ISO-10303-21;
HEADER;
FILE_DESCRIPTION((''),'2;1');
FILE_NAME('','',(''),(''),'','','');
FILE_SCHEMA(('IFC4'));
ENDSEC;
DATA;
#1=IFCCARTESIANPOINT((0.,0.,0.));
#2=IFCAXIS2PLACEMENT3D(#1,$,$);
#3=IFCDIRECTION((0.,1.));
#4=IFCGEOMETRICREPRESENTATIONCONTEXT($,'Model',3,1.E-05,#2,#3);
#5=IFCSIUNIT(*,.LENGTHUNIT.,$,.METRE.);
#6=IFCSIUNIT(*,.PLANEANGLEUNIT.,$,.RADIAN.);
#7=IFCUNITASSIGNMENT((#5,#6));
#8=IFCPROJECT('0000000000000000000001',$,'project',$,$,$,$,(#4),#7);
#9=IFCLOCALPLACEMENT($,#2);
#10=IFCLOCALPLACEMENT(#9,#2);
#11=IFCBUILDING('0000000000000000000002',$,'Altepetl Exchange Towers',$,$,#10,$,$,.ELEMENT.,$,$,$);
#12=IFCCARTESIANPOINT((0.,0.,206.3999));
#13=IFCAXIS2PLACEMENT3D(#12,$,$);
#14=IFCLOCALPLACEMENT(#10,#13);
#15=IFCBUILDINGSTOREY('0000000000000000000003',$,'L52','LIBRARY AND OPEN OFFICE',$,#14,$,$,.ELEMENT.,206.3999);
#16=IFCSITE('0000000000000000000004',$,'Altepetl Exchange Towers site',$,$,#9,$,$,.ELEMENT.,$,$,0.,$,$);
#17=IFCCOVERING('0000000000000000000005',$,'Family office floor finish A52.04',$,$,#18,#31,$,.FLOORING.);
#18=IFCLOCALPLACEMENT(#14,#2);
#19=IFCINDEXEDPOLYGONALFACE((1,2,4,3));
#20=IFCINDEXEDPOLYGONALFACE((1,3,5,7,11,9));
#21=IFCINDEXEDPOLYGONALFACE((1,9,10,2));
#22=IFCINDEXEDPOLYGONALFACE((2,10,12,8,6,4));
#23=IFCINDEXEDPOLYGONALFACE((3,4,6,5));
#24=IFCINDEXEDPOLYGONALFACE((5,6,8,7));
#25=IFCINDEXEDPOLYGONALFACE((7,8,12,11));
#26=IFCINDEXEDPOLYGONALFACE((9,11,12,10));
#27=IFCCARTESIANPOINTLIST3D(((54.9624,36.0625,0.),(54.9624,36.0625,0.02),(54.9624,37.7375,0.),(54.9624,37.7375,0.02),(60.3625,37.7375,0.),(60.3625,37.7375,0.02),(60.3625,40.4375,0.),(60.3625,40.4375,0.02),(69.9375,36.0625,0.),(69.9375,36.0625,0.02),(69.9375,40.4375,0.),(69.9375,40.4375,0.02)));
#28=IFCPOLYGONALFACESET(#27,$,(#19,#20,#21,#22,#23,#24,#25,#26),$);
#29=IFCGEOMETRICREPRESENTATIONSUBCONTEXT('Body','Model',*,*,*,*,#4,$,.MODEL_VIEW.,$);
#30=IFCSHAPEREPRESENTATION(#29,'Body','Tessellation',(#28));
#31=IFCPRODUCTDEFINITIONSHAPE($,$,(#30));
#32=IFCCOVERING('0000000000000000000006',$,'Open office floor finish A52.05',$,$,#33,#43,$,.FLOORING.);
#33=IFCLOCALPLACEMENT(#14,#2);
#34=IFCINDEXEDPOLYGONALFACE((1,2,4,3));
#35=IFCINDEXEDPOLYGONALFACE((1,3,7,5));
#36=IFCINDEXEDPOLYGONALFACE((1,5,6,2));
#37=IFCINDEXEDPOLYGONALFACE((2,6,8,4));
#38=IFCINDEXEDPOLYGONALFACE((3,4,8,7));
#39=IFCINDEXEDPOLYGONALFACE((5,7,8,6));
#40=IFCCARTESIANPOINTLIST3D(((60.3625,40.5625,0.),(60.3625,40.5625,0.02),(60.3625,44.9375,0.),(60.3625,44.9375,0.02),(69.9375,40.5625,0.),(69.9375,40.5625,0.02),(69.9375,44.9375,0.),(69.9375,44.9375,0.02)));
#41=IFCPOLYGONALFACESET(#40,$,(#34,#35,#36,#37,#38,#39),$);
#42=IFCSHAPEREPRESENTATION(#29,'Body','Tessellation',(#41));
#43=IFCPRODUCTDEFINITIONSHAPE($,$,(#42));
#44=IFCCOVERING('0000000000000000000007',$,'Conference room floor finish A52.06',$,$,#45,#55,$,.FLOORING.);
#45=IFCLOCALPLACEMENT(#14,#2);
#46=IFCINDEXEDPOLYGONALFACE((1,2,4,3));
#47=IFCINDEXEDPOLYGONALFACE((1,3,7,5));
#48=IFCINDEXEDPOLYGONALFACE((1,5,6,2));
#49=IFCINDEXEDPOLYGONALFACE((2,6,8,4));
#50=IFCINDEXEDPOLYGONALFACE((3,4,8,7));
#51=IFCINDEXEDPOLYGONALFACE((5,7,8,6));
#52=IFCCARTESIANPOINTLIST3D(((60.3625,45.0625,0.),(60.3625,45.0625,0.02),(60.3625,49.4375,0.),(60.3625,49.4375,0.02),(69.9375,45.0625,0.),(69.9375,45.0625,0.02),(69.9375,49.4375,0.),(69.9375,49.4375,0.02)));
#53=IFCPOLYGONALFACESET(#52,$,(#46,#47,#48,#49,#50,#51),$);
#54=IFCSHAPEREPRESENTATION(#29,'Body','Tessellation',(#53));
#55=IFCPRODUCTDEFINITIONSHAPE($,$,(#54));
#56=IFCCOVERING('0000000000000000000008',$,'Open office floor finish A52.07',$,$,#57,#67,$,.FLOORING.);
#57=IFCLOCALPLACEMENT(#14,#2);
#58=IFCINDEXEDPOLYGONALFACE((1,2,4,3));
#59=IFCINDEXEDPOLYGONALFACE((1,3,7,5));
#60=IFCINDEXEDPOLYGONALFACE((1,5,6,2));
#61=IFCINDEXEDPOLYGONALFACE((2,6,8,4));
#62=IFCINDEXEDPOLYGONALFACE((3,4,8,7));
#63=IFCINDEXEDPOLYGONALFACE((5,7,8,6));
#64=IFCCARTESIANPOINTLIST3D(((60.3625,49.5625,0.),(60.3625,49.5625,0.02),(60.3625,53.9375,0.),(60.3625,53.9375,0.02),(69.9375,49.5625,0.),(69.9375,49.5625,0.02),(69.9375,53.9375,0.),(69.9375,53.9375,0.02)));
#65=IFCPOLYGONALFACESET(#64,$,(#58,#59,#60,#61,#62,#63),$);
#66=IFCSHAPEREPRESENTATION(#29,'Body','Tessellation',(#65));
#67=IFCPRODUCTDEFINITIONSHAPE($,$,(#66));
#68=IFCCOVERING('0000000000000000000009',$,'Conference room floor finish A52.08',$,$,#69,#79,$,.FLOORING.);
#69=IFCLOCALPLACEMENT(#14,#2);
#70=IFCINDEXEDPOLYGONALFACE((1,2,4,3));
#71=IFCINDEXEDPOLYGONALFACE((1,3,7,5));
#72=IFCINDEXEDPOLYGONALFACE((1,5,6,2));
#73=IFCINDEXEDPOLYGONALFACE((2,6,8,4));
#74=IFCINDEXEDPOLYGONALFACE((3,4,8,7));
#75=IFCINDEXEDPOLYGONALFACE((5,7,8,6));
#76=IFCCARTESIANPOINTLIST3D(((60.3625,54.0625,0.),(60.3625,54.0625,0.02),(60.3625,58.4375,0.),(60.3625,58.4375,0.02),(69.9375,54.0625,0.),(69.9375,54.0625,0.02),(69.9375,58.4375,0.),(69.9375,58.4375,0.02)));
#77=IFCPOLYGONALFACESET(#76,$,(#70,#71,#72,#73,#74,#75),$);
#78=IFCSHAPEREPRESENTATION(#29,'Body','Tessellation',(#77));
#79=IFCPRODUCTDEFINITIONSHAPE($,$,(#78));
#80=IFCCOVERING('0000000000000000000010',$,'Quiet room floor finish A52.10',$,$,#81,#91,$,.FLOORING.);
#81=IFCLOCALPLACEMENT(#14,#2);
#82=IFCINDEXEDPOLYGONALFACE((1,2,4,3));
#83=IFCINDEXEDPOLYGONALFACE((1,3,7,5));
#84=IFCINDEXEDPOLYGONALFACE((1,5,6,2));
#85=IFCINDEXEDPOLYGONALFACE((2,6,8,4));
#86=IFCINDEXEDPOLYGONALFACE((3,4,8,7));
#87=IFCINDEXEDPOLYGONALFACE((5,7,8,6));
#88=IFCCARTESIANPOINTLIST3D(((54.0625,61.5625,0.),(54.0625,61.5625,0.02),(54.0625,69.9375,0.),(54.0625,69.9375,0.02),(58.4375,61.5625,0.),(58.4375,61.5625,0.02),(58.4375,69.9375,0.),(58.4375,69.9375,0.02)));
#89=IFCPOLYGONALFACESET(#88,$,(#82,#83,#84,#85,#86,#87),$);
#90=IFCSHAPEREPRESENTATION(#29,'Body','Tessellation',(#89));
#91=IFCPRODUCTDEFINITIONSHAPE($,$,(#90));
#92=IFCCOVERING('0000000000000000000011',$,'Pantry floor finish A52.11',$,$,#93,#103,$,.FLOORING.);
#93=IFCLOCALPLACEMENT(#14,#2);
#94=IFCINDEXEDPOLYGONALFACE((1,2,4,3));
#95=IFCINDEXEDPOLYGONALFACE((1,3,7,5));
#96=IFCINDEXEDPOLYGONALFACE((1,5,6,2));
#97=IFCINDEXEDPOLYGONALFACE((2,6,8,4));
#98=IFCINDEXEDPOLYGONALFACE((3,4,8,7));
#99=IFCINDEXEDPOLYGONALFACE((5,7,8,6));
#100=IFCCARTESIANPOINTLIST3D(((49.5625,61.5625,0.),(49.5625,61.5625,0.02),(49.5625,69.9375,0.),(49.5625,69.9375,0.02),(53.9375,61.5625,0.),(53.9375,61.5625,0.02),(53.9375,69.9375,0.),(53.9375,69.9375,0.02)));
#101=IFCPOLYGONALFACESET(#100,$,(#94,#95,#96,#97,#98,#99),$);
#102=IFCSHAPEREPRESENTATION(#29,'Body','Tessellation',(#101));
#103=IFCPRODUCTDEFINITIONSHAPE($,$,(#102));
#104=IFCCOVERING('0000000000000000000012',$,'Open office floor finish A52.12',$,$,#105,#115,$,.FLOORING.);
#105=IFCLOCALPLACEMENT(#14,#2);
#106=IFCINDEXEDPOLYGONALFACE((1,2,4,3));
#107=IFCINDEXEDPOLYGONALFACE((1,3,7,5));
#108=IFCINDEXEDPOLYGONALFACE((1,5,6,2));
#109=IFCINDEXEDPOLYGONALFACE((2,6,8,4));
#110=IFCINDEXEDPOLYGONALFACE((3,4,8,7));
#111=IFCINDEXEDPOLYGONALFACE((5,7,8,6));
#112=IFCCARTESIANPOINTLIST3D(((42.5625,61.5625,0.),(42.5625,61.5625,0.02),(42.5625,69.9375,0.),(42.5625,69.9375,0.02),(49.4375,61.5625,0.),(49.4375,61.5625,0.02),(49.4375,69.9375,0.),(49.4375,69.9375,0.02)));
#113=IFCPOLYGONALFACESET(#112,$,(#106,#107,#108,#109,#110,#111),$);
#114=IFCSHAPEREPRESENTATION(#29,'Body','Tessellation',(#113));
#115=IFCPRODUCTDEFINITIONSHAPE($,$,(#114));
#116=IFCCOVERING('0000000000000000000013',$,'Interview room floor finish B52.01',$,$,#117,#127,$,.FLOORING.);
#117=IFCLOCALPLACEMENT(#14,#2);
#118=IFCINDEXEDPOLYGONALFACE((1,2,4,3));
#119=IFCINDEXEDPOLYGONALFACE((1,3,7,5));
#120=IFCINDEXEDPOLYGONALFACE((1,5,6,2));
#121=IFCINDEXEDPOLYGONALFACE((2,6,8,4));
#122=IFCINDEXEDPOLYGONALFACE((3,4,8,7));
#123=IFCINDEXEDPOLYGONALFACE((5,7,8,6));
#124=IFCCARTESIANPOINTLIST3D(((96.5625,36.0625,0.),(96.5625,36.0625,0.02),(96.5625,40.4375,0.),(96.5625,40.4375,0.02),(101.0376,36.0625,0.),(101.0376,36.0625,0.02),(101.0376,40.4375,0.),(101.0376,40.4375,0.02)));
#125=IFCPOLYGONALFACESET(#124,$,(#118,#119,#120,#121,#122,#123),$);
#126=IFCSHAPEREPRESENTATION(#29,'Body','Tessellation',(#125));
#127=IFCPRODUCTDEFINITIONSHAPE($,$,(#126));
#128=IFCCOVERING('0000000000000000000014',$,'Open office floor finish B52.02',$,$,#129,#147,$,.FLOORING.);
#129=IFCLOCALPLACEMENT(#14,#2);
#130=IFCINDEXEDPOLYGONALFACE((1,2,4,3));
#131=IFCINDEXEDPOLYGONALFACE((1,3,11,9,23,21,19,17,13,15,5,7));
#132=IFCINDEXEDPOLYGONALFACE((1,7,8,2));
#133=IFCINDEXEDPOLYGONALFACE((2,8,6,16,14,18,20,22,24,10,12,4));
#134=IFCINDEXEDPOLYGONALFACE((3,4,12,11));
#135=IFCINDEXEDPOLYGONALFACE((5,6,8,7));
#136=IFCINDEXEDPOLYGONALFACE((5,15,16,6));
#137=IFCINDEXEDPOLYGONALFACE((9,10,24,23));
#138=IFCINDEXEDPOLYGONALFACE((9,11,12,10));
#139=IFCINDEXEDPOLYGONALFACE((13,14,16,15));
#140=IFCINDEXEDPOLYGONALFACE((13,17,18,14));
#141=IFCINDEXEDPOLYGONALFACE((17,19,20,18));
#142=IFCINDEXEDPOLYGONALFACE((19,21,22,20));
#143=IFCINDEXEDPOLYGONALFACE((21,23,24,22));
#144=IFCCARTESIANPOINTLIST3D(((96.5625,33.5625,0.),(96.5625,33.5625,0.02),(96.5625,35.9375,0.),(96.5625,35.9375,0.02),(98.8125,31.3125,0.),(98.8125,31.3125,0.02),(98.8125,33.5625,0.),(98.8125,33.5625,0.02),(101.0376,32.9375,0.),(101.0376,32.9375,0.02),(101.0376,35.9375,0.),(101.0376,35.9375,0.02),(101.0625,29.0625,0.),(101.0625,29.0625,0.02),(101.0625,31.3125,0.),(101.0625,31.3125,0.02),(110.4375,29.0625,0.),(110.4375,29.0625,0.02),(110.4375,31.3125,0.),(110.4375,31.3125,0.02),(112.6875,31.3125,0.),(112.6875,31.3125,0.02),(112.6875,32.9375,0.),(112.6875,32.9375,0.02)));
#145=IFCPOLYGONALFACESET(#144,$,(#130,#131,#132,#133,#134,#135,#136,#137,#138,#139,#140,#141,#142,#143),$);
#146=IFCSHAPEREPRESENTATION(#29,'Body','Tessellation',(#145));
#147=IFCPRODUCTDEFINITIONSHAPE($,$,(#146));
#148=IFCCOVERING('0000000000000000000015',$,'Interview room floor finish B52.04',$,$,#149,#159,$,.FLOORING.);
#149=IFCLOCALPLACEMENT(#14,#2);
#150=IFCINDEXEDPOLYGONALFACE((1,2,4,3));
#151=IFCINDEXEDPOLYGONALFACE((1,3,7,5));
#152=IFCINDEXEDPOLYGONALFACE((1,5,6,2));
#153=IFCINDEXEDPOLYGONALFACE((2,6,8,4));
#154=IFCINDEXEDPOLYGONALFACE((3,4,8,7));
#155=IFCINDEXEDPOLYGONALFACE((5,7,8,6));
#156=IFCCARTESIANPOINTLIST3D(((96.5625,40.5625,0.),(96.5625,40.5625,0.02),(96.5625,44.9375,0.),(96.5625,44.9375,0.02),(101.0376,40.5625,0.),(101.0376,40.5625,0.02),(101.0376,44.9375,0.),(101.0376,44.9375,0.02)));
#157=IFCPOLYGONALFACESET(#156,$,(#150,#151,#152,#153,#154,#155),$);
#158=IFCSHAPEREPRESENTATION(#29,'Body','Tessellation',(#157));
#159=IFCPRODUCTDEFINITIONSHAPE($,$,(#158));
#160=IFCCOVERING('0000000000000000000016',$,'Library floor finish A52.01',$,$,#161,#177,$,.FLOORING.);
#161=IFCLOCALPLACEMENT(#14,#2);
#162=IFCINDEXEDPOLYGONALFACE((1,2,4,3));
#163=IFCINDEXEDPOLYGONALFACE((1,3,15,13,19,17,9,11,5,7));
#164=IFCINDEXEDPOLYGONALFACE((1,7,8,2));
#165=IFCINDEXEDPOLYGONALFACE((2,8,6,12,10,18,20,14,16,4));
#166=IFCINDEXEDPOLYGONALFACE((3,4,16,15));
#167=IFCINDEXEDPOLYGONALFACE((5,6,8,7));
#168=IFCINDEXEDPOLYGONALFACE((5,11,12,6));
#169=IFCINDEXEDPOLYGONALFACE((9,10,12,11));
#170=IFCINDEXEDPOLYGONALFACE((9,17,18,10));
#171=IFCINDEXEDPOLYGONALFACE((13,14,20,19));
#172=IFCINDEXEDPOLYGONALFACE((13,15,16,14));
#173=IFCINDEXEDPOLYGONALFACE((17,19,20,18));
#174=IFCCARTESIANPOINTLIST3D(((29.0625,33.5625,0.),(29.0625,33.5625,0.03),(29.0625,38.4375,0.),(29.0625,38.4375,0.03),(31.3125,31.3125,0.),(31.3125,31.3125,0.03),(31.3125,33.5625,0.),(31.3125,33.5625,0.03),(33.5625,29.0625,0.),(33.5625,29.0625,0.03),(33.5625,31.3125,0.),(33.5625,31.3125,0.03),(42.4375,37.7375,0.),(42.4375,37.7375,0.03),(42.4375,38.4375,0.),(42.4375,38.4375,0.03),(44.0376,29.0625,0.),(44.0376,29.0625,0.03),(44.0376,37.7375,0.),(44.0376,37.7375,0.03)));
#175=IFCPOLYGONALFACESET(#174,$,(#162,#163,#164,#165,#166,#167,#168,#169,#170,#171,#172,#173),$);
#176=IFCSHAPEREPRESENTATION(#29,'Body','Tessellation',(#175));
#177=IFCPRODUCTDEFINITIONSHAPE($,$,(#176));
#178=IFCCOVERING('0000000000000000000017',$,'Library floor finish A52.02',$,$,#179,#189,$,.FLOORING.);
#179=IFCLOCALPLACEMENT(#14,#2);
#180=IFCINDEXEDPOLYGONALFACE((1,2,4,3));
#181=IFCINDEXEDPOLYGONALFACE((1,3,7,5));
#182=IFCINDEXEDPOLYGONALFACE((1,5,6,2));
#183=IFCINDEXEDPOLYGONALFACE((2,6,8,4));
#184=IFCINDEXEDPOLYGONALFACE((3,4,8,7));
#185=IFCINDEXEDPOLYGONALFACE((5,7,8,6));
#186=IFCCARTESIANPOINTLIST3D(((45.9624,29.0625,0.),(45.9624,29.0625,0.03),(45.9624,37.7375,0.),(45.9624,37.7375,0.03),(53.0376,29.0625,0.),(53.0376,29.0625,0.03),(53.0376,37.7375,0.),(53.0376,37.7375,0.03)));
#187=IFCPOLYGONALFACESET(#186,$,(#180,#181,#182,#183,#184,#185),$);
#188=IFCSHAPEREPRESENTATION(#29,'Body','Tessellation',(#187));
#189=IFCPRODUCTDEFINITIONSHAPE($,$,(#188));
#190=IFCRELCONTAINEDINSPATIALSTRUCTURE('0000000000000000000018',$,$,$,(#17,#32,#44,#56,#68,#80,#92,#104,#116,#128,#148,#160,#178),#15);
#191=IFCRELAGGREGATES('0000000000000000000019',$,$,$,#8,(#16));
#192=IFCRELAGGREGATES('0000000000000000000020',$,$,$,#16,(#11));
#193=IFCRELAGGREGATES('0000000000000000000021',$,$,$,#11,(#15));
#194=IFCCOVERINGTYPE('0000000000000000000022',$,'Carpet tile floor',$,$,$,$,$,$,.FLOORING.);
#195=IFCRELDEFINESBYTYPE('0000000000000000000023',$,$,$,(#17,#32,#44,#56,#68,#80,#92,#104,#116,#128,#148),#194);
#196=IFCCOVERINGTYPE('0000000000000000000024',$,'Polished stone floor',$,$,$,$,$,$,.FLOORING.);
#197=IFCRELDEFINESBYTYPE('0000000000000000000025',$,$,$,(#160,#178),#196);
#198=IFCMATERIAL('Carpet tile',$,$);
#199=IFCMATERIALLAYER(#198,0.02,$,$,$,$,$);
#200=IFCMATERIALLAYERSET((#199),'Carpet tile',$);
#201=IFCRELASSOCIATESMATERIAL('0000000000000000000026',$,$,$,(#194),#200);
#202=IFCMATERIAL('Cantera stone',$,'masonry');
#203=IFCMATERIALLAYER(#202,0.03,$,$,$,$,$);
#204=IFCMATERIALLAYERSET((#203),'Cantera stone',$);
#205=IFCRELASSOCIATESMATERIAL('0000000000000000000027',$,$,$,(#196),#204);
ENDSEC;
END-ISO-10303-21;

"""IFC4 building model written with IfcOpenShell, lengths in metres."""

from ifc_helpers import new_model, si_unit, direction, frame, origin, place, context, subcontext, project, spatial, polyline, outline, extrude, material, layer, layer_set, type_object, element, save


model = new_model("IFC4")

# Units and contexts
model_context = context("Model", 3, precision=1e-05, world=origin(), true_north=direction((0.0, 1.0)))
body_context = subcontext(model_context, "Body", "Model", "MODEL_VIEW")
ifc_project = project(units=[si_unit("LENGTHUNIT", "METRE"), si_unit("PLANEANGLEUNIT", "RADIAN")], contexts=[model_context])

# Site, building, storey
site_placement = place(None, origin())
site = spatial("IfcSite", under=ifc_project, at=site_placement, Name="Altepetl Exchange Towers site", CompositionType="ELEMENT", RefElevation=0.0)
building_placement = place(site_placement, origin())
building = spatial("IfcBuilding", under=site, at=building_placement, Name="Altepetl Exchange Towers", CompositionType="ELEMENT")
storey_placement = place(building_placement, frame((0.0, 0.0, 206.3999)))
storey = spatial("IfcBuildingStorey", under=building, at=storey_placement, Name="L52", Description="LIBRARY AND OPEN OFFICE", CompositionType="ELEMENT", Elevation=206.3999)

# Coverings
ifc_material_1 = material(Name="Carpet tile")
ifc_layer_1 = layer(ifc_material_1, 0.02)
ifc_layer_set_1 = layer_set([ifc_layer_1], Name="Carpet tile")
covering_type_1 = type_object("IfcCoveringType", Name="Carpet tile floor", PredefinedType="FLOORING", material=ifc_layer_set_1)
covering_1_placement = place(storey_placement, origin())
element("IfcCovering", 1, at=covering_1_placement, inside=storey, type_object=covering_type_1, Name="Family office floor finish A52.04", PredefinedType="FLOORING", context=body_context, shape_type="SweptSolid", body=[
    extrude(outline(polyline([(69.9375, 40.4375), (60.3625, 40.4375), (60.3625, 37.7375), (54.9624, 37.7375), (54.9624, 36.0625), (69.9375, 36.0625), (69.9375, 40.4375)])), origin(), (0.0, 0.0, 1.0), 0.02),
])
covering_2_placement = place(storey_placement, origin())
element("IfcCovering", 2, at=covering_2_placement, inside=storey, type_object=covering_type_1, Name="Open office floor finish A52.05", PredefinedType="FLOORING", context=body_context, shape_type="SweptSolid", body=[
    extrude(outline(polyline([(69.9375, 44.9375), (60.3625, 44.9375), (60.3625, 40.5625), (69.9375, 40.5625), (69.9375, 44.9375)])), origin(), (0.0, 0.0, 1.0), 0.02),
])
covering_3_placement = place(storey_placement, origin())
element("IfcCovering", 3, at=covering_3_placement, inside=storey, type_object=covering_type_1, Name="Conference room floor finish A52.06", PredefinedType="FLOORING", context=body_context, shape_type="SweptSolid", body=[
    extrude(outline(polyline([(69.9375, 49.4375), (60.3625, 49.4375), (60.3625, 45.0625), (69.9375, 45.0625), (69.9375, 49.4375)])), origin(), (0.0, 0.0, 1.0), 0.02),
])
covering_4_placement = place(storey_placement, origin())
element("IfcCovering", 4, at=covering_4_placement, inside=storey, type_object=covering_type_1, Name="Open office floor finish A52.07", PredefinedType="FLOORING", context=body_context, shape_type="SweptSolid", body=[
    extrude(outline(polyline([(69.9375, 53.9375), (60.3625, 53.9375), (60.3625, 49.5625), (69.9375, 49.5625), (69.9375, 53.9375)])), origin(), (0.0, 0.0, 1.0), 0.02),
])
covering_5_placement = place(storey_placement, origin())
element("IfcCovering", 5, at=covering_5_placement, inside=storey, type_object=covering_type_1, Name="Conference room floor finish A52.08", PredefinedType="FLOORING", context=body_context, shape_type="SweptSolid", body=[
    extrude(outline(polyline([(69.9375, 58.4375), (60.3625, 58.4375), (60.3625, 54.0625), (69.9375, 54.0625), (69.9375, 58.4375)])), origin(), (0.0, 0.0, 1.0), 0.02),
])
covering_6_placement = place(storey_placement, origin())
element("IfcCovering", 6, at=covering_6_placement, inside=storey, type_object=covering_type_1, Name="Quiet room floor finish A52.10", PredefinedType="FLOORING", context=body_context, shape_type="SweptSolid", body=[
    extrude(outline(polyline([(58.4375, 61.5625), (58.4375, 69.9375), (54.0625, 69.9375), (54.0625, 61.5625), (58.4375, 61.5625)])), origin(), (0.0, 0.0, 1.0), 0.02),
])
covering_7_placement = place(storey_placement, origin())
element("IfcCovering", 7, at=covering_7_placement, inside=storey, type_object=covering_type_1, Name="Pantry floor finish A52.11", PredefinedType="FLOORING", context=body_context, shape_type="SweptSolid", body=[
    extrude(outline(polyline([(53.9375, 61.5625), (53.9375, 69.9375), (49.5625, 69.9375), (49.5625, 61.5625), (53.9375, 61.5625)])), origin(), (0.0, 0.0, 1.0), 0.02),
])
covering_8_placement = place(storey_placement, origin())
element("IfcCovering", 8, at=covering_8_placement, inside=storey, type_object=covering_type_1, Name="Open office floor finish A52.12", PredefinedType="FLOORING", context=body_context, shape_type="SweptSolid", body=[
    extrude(outline(polyline([(49.4375, 61.5625), (49.4375, 69.9375), (42.5625, 69.9375), (42.5625, 61.5625), (49.4375, 61.5625)])), origin(), (0.0, 0.0, 1.0), 0.02),
])
covering_9_placement = place(storey_placement, origin())
element("IfcCovering", 9, at=covering_9_placement, inside=storey, type_object=covering_type_1, Name="Interview room floor finish B52.01", PredefinedType="FLOORING", context=body_context, shape_type="SweptSolid", body=[
    extrude(outline(polyline([(96.5625, 36.0625), (101.0376, 36.0625), (101.0376, 40.4375), (96.5625, 40.4375), (96.5625, 36.0625)])), origin(), (0.0, 0.0, 1.0), 0.02),
])
covering_10_placement = place(storey_placement, origin())
element("IfcCovering", 10, at=covering_10_placement, inside=storey, type_object=covering_type_1, Name="Open office floor finish B52.02", PredefinedType="FLOORING", context=body_context, shape_type="SweptSolid", body=[
    extrude(outline(polyline([(112.6875, 31.3125), (112.6875, 32.9375), (101.0376, 32.9375), (101.0376, 35.9375), (96.5625, 35.9375), (96.5625, 33.5625), (98.8125, 33.5625), (98.8125, 31.3125), (101.0625, 31.3125), (101.0625, 29.0625), (110.4375, 29.0625), (110.4375, 31.3125), (112.6875, 31.3125)])), origin(), (0.0, 0.0, 1.0), 0.02),
])
covering_11_placement = place(storey_placement, origin())
element("IfcCovering", 11, at=covering_11_placement, inside=storey, type_object=covering_type_1, Name="Interview room floor finish B52.04", PredefinedType="FLOORING", context=body_context, shape_type="SweptSolid", body=[
    extrude(outline(polyline([(96.5625, 40.5625), (101.0376, 40.5625), (101.0376, 44.9375), (96.5625, 44.9375), (96.5625, 40.5625)])), origin(), (0.0, 0.0, 1.0), 0.02),
])
ifc_material_2 = material(Name="Cantera stone", Category="masonry")
ifc_layer_2 = layer(ifc_material_2, 0.03)
ifc_layer_set_2 = layer_set([ifc_layer_2], Name="Cantera stone")
covering_type_2 = type_object("IfcCoveringType", Name="Polished stone floor", PredefinedType="FLOORING", material=ifc_layer_set_2)
covering_12_placement = place(storey_placement, origin())
element("IfcCovering", 12, at=covering_12_placement, inside=storey, type_object=covering_type_2, Name="Library floor finish A52.01", PredefinedType="FLOORING", context=body_context, shape_type="SweptSolid", body=[
    extrude(outline(polyline([(31.3125, 33.5625), (31.3125, 31.3125), (33.5625, 31.3125), (33.5625, 29.0625), (44.0376, 29.0625), (44.0376, 37.7375), (42.4375, 37.7375), (42.4375, 38.4375), (29.0625, 38.4375), (29.0625, 33.5625), (31.3125, 33.5625)])), origin(), (0.0, 0.0, 1.0), 0.03),
])
covering_13_placement = place(storey_placement, origin())
element("IfcCovering", 13, at=covering_13_placement, inside=storey, type_object=covering_type_2, Name="Library floor finish A52.02", PredefinedType="FLOORING", context=body_context, shape_type="SweptSolid", body=[
    extrude(outline(polyline([(45.9624, 37.7375), (45.9624, 29.0625), (53.0376, 29.0625), (53.0376, 37.7375), (45.9624, 37.7375)])), origin(), (0.0, 0.0, 1.0), 0.03),
])

save(model, "model.ifc")
